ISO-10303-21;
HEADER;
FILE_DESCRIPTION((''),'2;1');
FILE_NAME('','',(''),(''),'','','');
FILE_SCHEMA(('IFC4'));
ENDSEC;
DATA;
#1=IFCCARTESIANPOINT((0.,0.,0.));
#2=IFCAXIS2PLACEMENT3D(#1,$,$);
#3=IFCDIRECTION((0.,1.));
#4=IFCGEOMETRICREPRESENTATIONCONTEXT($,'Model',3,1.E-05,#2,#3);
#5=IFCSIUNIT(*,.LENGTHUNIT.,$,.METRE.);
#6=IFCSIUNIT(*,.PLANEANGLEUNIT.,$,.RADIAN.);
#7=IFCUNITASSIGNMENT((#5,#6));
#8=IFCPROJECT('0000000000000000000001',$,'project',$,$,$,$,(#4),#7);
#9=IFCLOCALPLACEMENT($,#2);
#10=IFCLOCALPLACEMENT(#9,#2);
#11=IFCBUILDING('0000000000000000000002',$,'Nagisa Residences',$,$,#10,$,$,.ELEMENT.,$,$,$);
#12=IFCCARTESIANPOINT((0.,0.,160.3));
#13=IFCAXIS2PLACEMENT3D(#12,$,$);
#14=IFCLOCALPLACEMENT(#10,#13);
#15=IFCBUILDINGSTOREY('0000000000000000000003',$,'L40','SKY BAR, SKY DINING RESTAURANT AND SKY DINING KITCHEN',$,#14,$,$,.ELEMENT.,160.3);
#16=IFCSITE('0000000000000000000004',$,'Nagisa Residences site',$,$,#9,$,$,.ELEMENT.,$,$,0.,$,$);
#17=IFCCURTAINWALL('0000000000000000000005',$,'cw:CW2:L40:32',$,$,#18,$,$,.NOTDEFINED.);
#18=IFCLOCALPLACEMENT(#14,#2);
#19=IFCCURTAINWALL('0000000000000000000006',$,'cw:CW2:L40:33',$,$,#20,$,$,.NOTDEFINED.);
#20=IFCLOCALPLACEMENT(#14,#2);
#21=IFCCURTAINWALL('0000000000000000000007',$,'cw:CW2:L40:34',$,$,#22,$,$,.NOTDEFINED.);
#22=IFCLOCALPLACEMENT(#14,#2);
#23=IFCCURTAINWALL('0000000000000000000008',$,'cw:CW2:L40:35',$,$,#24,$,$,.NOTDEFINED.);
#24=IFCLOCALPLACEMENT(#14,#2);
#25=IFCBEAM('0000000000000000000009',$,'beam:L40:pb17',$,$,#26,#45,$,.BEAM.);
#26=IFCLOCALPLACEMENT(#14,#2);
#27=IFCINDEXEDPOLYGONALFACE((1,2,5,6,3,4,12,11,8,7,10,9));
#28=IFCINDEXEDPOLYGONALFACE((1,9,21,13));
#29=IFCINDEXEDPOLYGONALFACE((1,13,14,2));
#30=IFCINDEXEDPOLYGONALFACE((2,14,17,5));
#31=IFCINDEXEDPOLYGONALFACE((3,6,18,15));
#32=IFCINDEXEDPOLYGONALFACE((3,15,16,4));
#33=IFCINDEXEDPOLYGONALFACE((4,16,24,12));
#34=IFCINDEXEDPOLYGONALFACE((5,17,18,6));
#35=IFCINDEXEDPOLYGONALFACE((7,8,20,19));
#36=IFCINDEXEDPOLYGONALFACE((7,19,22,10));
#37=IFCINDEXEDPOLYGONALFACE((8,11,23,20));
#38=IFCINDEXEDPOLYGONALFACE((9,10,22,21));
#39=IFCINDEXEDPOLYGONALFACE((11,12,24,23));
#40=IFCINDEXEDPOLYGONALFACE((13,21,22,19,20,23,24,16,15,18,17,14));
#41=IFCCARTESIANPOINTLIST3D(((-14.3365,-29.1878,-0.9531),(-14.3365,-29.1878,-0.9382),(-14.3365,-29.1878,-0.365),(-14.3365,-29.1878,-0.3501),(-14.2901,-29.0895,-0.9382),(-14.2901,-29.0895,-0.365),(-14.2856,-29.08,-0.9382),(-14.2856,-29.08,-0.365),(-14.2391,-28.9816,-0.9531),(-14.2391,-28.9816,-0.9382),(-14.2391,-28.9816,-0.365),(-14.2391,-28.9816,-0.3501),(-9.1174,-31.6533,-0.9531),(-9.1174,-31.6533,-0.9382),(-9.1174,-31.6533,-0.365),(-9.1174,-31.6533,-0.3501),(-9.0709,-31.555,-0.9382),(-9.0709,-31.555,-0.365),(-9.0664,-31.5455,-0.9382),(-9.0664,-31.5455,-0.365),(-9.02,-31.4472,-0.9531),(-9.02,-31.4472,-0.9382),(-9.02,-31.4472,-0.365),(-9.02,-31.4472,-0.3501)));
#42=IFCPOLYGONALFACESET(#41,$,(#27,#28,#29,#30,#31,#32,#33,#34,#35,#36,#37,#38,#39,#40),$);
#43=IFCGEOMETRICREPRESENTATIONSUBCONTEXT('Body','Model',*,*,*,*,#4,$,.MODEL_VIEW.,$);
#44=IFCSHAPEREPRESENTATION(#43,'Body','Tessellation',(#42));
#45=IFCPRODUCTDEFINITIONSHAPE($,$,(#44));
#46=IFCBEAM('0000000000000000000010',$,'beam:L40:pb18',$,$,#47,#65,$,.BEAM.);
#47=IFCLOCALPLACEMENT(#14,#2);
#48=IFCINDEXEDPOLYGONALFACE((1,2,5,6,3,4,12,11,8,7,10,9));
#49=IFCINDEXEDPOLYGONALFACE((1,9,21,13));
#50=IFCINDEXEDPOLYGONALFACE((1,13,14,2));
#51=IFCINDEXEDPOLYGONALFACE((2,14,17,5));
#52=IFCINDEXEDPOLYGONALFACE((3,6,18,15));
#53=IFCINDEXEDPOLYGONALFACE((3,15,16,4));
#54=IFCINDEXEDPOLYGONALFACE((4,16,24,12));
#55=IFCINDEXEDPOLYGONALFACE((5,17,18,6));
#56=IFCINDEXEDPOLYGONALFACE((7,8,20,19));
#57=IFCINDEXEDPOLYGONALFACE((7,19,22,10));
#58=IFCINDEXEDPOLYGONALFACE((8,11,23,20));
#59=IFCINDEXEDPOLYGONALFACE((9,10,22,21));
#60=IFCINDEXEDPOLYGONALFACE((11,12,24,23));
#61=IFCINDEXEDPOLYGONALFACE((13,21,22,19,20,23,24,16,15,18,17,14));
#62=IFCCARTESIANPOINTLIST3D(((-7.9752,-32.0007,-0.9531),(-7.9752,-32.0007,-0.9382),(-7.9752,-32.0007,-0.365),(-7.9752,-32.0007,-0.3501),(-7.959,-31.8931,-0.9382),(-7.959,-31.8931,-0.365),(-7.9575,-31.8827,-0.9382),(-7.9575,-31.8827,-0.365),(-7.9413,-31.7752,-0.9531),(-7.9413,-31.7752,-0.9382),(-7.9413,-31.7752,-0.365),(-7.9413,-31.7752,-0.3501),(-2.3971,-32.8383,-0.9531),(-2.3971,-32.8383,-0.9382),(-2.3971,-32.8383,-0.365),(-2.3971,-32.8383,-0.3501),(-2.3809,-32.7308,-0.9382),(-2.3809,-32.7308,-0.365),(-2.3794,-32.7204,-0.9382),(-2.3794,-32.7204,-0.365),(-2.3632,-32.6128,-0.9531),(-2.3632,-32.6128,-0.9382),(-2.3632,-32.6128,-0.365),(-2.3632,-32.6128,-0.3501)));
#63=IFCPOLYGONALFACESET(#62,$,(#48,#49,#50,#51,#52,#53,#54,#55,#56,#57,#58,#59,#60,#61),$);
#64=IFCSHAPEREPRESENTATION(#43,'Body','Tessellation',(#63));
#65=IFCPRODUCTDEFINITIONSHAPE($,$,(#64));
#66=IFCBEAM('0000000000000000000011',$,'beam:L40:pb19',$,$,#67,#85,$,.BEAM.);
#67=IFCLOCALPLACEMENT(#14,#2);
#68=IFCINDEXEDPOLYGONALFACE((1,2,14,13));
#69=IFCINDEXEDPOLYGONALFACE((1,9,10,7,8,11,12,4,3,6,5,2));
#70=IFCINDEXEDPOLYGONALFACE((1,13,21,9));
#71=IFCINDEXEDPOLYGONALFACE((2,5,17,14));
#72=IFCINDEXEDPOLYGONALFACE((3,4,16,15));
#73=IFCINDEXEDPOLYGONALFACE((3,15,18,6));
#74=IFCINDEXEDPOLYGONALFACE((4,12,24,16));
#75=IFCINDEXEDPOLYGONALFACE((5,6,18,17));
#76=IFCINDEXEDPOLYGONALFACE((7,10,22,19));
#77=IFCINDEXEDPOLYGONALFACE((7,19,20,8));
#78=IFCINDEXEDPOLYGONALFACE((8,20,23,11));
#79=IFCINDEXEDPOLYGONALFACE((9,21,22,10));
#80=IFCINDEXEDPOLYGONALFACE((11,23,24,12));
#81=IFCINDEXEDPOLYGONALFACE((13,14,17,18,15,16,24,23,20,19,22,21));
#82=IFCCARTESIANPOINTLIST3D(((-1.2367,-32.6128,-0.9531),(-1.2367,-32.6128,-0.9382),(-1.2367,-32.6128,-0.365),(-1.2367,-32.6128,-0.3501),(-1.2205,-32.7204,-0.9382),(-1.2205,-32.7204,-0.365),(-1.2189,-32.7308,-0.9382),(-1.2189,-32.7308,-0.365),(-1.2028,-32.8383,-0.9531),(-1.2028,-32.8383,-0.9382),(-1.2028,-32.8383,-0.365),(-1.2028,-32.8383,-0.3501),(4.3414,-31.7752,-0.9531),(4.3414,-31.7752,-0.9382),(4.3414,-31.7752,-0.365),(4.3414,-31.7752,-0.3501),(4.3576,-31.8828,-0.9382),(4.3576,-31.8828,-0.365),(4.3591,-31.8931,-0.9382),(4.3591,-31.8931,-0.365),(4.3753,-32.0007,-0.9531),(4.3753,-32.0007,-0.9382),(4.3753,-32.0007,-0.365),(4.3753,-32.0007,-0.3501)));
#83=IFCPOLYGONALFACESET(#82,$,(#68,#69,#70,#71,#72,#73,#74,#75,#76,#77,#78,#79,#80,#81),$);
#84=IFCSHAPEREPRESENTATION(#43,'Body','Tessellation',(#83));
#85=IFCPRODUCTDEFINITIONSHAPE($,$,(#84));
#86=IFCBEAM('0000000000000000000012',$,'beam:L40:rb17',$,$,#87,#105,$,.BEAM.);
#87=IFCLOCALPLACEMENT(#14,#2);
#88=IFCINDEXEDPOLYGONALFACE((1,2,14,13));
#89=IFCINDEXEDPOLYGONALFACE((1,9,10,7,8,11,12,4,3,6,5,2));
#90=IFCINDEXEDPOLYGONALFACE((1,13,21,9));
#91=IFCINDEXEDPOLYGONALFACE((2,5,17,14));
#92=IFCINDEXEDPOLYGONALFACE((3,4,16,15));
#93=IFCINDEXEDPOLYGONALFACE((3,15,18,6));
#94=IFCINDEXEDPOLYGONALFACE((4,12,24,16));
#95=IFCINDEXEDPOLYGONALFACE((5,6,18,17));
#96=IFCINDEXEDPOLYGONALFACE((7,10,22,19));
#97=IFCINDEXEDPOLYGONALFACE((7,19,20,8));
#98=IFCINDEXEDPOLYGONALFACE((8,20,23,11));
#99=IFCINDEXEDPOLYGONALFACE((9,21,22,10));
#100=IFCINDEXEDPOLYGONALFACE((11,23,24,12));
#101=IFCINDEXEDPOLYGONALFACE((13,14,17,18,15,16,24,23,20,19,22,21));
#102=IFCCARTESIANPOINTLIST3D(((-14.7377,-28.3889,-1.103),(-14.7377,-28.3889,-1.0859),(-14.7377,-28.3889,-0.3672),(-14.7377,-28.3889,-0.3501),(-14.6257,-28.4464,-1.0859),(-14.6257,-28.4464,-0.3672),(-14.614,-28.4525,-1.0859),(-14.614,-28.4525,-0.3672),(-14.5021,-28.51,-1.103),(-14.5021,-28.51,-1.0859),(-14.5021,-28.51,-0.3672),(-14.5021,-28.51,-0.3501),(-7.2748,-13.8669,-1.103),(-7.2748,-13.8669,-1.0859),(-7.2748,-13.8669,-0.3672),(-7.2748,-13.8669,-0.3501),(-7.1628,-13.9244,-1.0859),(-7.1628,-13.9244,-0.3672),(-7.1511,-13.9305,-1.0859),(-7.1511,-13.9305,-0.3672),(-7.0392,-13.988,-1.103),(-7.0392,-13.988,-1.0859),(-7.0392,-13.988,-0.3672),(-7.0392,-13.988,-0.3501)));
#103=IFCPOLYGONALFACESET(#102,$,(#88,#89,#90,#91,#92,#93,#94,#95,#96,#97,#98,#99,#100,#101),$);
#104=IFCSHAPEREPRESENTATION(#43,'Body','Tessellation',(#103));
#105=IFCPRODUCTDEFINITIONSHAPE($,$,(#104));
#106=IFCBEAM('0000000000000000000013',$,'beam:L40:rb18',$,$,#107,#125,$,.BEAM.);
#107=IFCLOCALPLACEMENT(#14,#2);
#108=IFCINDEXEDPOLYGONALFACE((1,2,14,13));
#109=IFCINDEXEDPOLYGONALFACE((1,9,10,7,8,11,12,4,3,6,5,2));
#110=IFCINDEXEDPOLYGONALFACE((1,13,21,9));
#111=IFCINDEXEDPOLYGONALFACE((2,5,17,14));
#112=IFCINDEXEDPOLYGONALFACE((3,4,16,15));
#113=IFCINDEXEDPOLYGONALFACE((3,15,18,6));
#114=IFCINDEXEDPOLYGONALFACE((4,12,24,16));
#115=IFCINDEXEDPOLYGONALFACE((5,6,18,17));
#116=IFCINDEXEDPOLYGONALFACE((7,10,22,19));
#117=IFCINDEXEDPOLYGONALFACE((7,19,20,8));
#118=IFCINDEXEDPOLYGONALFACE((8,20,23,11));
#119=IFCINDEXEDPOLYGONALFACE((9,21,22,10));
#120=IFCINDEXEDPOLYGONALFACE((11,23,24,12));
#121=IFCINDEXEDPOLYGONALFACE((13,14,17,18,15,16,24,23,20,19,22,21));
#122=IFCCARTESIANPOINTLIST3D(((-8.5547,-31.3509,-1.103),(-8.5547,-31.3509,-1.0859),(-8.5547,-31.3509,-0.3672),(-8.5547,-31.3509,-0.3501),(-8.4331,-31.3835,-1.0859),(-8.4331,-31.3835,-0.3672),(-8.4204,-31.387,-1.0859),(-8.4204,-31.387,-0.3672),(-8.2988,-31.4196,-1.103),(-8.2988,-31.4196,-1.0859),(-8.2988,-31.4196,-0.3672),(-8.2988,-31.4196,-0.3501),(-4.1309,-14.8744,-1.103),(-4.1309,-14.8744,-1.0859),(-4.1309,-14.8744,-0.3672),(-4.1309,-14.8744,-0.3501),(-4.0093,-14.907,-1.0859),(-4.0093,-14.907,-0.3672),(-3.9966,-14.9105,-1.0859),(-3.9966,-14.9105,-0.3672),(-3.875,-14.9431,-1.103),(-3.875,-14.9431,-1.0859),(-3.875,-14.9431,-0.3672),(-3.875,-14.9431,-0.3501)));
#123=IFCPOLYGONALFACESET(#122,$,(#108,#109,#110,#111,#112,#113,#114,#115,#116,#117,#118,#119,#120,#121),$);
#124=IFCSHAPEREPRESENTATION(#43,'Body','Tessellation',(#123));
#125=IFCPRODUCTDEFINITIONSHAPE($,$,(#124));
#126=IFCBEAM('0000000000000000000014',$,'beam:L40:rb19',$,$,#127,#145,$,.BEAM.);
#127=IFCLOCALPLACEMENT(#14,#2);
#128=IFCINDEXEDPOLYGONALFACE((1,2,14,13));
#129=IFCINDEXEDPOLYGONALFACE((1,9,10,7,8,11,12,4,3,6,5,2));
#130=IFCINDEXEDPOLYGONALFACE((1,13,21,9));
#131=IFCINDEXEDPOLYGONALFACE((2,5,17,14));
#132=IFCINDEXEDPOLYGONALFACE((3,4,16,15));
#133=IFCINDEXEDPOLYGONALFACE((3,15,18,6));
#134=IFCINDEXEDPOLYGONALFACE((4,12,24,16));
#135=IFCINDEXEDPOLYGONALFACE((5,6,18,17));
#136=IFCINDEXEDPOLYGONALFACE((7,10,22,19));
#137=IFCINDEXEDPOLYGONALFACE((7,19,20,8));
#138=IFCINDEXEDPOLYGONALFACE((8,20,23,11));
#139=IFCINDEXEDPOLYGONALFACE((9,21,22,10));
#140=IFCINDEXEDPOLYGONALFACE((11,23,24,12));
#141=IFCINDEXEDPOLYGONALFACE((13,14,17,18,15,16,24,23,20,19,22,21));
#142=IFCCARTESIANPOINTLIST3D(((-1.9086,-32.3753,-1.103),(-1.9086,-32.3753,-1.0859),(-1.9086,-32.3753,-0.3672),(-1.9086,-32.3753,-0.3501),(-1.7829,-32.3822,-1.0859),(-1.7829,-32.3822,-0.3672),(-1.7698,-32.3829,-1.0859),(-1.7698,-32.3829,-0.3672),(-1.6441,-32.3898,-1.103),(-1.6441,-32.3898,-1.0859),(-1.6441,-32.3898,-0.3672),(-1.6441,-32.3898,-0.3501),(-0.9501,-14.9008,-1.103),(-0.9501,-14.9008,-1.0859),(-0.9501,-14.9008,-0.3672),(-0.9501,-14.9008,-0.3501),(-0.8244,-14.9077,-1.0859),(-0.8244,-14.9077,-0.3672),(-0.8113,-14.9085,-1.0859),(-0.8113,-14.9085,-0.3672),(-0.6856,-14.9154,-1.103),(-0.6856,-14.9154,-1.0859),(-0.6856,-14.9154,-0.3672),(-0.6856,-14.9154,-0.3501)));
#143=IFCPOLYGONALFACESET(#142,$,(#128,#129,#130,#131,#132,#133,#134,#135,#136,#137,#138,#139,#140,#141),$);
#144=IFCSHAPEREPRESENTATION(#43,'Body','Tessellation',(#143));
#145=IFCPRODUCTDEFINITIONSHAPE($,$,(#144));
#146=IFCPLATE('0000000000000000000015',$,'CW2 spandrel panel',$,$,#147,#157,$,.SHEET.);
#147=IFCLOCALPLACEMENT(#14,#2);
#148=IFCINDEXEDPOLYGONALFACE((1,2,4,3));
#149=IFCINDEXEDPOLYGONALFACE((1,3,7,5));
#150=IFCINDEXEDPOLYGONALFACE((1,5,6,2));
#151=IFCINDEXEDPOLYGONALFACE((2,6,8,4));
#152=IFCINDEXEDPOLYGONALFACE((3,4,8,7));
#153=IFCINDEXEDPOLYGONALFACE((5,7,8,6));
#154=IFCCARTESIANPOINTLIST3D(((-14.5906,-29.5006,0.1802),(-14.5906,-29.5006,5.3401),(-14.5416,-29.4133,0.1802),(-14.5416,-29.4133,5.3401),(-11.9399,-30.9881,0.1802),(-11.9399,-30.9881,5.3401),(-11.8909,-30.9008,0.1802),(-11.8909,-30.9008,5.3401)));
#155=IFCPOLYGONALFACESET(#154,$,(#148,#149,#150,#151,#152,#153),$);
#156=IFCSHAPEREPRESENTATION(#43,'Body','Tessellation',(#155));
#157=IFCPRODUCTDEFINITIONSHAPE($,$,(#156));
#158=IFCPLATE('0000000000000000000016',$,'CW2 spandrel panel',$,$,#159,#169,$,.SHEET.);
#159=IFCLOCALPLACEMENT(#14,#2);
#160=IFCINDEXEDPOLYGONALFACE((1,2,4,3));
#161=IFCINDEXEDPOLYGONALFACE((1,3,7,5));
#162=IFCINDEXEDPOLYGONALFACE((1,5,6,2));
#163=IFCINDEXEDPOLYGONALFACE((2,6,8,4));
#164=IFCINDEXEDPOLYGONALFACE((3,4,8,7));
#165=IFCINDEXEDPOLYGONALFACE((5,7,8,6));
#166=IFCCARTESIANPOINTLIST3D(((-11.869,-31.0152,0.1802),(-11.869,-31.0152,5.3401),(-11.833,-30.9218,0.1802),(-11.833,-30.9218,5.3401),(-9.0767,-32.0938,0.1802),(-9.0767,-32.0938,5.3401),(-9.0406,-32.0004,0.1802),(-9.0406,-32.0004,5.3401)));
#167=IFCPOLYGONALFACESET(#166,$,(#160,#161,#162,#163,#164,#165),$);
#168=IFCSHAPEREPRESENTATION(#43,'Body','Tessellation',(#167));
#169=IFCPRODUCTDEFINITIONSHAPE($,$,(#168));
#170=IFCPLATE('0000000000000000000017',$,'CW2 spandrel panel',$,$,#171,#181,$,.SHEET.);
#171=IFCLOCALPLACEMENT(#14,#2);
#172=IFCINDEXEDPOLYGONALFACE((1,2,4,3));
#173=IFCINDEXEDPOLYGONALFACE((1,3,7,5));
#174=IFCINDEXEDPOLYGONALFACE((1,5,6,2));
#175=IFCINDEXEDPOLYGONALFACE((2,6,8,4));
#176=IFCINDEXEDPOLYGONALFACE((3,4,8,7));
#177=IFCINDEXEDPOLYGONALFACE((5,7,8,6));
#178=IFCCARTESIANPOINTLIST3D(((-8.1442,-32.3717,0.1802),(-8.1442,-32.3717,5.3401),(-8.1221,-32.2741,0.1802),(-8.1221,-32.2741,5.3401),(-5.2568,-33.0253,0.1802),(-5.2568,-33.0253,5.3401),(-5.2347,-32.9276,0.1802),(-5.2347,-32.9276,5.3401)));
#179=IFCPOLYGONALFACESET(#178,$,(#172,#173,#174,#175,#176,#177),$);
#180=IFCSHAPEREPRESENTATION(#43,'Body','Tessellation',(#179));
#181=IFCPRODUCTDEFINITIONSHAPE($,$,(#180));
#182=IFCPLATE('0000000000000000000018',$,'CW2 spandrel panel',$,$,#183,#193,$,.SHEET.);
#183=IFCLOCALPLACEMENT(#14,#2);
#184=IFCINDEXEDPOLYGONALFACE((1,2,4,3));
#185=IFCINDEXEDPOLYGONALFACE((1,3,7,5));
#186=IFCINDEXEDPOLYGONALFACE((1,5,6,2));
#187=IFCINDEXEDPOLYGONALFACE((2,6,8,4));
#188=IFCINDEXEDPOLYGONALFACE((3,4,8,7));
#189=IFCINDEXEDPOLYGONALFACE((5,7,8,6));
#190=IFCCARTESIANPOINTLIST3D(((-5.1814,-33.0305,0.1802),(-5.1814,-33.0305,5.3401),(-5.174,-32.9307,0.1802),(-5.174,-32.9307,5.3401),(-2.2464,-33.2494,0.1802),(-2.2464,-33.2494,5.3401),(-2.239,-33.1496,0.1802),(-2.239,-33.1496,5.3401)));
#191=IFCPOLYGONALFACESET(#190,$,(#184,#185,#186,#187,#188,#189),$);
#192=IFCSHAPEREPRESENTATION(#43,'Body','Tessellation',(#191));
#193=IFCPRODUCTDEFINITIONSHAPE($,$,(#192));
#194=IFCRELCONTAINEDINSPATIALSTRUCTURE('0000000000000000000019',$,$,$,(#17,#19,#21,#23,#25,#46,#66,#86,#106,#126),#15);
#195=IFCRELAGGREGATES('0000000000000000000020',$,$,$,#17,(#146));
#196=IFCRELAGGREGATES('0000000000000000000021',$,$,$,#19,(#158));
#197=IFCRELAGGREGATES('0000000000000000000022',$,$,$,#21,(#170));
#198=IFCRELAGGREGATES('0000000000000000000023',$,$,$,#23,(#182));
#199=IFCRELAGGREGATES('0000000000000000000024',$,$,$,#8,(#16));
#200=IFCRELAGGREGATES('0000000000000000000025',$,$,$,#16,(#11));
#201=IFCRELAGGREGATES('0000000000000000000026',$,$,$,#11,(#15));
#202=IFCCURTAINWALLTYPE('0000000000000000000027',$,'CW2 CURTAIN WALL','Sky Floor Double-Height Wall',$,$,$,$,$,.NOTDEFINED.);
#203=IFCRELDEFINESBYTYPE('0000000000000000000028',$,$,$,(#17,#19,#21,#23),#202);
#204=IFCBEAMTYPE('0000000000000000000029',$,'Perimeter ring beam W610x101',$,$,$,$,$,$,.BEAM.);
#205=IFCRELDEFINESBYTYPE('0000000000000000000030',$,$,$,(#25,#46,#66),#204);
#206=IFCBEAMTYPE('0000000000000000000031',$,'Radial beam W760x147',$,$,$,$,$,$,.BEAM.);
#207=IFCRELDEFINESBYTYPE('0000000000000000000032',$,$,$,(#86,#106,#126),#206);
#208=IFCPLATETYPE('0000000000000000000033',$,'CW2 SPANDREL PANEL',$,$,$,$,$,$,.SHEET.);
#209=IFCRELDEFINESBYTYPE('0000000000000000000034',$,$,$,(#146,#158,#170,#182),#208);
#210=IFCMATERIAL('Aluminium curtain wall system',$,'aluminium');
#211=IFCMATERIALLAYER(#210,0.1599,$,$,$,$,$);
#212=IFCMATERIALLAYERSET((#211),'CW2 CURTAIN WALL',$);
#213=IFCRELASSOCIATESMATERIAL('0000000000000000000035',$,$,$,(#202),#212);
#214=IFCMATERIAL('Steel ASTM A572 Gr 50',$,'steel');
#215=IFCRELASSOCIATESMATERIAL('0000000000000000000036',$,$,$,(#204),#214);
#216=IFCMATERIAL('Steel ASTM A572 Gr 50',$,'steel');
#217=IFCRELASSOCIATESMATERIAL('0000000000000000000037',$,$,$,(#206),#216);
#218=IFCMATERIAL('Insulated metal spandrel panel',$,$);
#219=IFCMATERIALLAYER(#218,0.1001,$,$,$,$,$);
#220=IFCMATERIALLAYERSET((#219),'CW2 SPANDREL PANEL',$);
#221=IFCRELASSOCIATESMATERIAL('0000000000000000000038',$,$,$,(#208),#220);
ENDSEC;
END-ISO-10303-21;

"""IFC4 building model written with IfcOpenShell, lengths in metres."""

from ifc_helpers import new_model, si_unit, direction, frame, origin, origin_2d, place, context, subcontext, project, spatial, rectangle, i_section, extrude, material, layer, layer_set, material_profile, profile_set, type_object, element, aggregate, save


model = new_model("IFC4")

# Units and contexts
model_context = context("Model", 3, precision=1e-05, world=origin(), true_north=direction((0.0, 1.0)))
body_context = subcontext(model_context, "Body", "Model", "MODEL_VIEW")
ifc_project = project(units=[si_unit("LENGTHUNIT", "METRE"), si_unit("PLANEANGLEUNIT", "RADIAN")], contexts=[model_context])

# Site, building, storey
site_placement = place(None, origin())
site = spatial("IfcSite", under=ifc_project, at=site_placement, Name="Nagisa Residences site", CompositionType="ELEMENT", RefElevation=0.0)
building_placement = place(site_placement, origin())
building = spatial("IfcBuilding", under=site, at=building_placement, Name="Nagisa Residences", CompositionType="ELEMENT")
storey_placement = place(building_placement, frame((0.0, 0.0, 160.3)))
storey = spatial("IfcBuildingStorey", under=building, at=storey_placement, Name="L40", Description="SKY BAR, SKY DINING RESTAURANT AND SKY DINING KITCHEN", CompositionType="ELEMENT", Elevation=160.3)

# Curtain walls
ifc_material_1 = material(Name="Aluminium curtain wall system", Category="aluminium")
ifc_layer_1 = layer(ifc_material_1, 0.1599)
ifc_layer_set_1 = layer_set([ifc_layer_1], Name="CW2 CURTAIN WALL")
curtain_wall_type = type_object("IfcCurtainWallType", Name="CW2 CURTAIN WALL", Description="Sky Floor Double-Height Wall", PredefinedType="NOTDEFINED", material=ifc_layer_set_1)
curtain_wall_1_placement = place(storey_placement, origin())
curtain_wall_1 = element("IfcCurtainWall", 1, at=curtain_wall_1_placement, inside=storey, type_object=curtain_wall_type, Name="cw:CW2:L40:32", PredefinedType="NOTDEFINED")
curtain_wall_2_placement = place(storey_placement, origin())
curtain_wall_2 = element("IfcCurtainWall", 2, at=curtain_wall_2_placement, inside=storey, type_object=curtain_wall_type, Name="cw:CW2:L40:33", PredefinedType="NOTDEFINED")
curtain_wall_3_placement = place(storey_placement, origin())
curtain_wall_3 = element("IfcCurtainWall", 3, at=curtain_wall_3_placement, inside=storey, type_object=curtain_wall_type, Name="cw:CW2:L40:34", PredefinedType="NOTDEFINED")
curtain_wall_4_placement = place(storey_placement, origin())
curtain_wall_4 = element("IfcCurtainWall", 4, at=curtain_wall_4_placement, inside=storey, type_object=curtain_wall_type, Name="cw:CW2:L40:35", PredefinedType="NOTDEFINED")

# Beams
ifc_material_2 = material(Name="Steel ASTM A572 Gr 50", Category="steel")
ifc_material_profile_1 = material_profile(ifc_material_2, i_section(OverallWidth=0.228, OverallDepth=0.603, WebThickness=0.0105, FlangeThickness=0.0149, at=origin_2d()), Name="W610x101")
ifc_profile_set_1 = profile_set([ifc_material_profile_1], Name="Steel ASTM A572 Gr 50")
beam_type_1 = type_object("IfcBeamType", Name="Perimeter ring beam W610x101", PredefinedType="BEAM", material=ifc_profile_set_1)
beam_1_placement = place(storey_placement, frame((-14.2878, -29.0847, -0.6516), z_axis=(0.904186, -0.427139, 0.0), x_axis=(0.427139, 0.904186, 0.0)))
element("IfcBeam", 5, at=beam_1_placement, inside=storey, type_object=beam_type_1, Name="beam:L40:pb17", PredefinedType="BEAM", context=body_context, shape_type="SweptSolid", body=[
    extrude(i_section(OverallWidth=0.228, OverallDepth=0.603, WebThickness=0.0105, FlangeThickness=0.0149, at=origin_2d()), origin(), (0.0, 0.0, 1.0), 5.7722),
])
for number, where, z_axis, x_axis, name in (
    (6, (-7.9583, -31.8879, -0.6516), (0.988912, -0.148501, 0.0), (0.148501, 0.988912, 0.0), "beam:L40:pb18"),
    (7, (-1.2197, -32.7256, -0.6516), (0.988912, 0.148501, 0.0), (-0.148501, 0.988912, 0.0), "beam:L40:pb19"),
):
    element("IfcBeam", number, at=place(storey_placement, frame(where, z_axis=z_axis, x_axis=x_axis)), inside=storey, type_object=beam_type_1, Name=name, PredefinedType="BEAM", context=body_context, shape_type="SweptSolid", body=[
        extrude(i_section(OverallWidth=0.228, OverallDepth=0.603, WebThickness=0.0105, FlangeThickness=0.0149, at=origin_2d()), origin(), (0.0, 0.0, 1.0), 5.6406),
    ])
ifc_material_3 = material(Name="Steel ASTM A572 Gr 50", Category="steel")
ifc_material_profile_2 = material_profile(ifc_material_3, i_section(OverallWidth=0.2649, OverallDepth=0.7529, WebThickness=0.0132, FlangeThickness=0.0171, at=origin_2d()), Name="W760x147")
ifc_profile_set_2 = profile_set([ifc_material_profile_2], Name="Steel ASTM A572 Gr 50")
beam_type_2 = type_object("IfcBeamType", Name="Radial beam W760x147", PredefinedType="BEAM", material=ifc_profile_set_2)
beam_2_placement = place(storey_placement, frame((-14.6199, -28.4495, -0.7266), z_axis=(0.457079, 0.889426, 0.0), x_axis=(-0.889426, 0.457079, 0.0)))
element("IfcBeam", 8, at=beam_2_placement, inside=storey, type_object=beam_type_2, Name="beam:L40:rb17", PredefinedType="BEAM", context=body_context, shape_type="SweptSolid", body=[
    extrude(i_section(OverallWidth=0.2649, OverallDepth=0.7529, WebThickness=0.0132, FlangeThickness=0.0171, at=origin_2d()), origin(), (0.0, 0.0, 1.0), 16.3274),
])
beam_3_placement = place(storey_placement, frame((-8.4268, -31.3853, -0.7266), z_axis=(0.259308, 0.965795, 0.0), x_axis=(-0.965795, 0.259308, 0.0)))
element("IfcBeam", 9, at=beam_3_placement, inside=storey, type_object=beam_type_2, Name="beam:L40:rb18", PredefinedType="BEAM", context=body_context, shape_type="SweptSolid", body=[
    extrude(i_section(OverallWidth=0.2649, OverallDepth=0.7529, WebThickness=0.0132, FlangeThickness=0.0171, at=origin_2d()), origin(), (0.0, 0.0, 1.0), 17.0601),
])
beam_4_placement = place(storey_placement, frame((-1.7764, -32.3826, -0.7266), z_axis=(0.054769, 0.998499, 0.0), x_axis=(-0.998499, 0.054769, 0.0)))
element("IfcBeam", 10, at=beam_4_placement, inside=storey, type_object=beam_type_2, Name="beam:L40:rb19", PredefinedType="BEAM", context=body_context, shape_type="SweptSolid", body=[
    extrude(i_section(OverallWidth=0.2649, OverallDepth=0.7529, WebThickness=0.0132, FlangeThickness=0.0171, at=origin_2d()), origin(), (0.0, 0.0, 1.0), 17.5007),
])

# Plates
ifc_material_4 = material(Name="Insulated metal spandrel panel")
ifc_layer_2 = layer(ifc_material_4, 0.1001)
ifc_layer_set_2 = layer_set([ifc_layer_2], Name="CW2 SPANDREL PANEL")
plate_type = type_object("IfcPlateType", Name="CW2 SPANDREL PANEL", PredefinedType="SHEET", material=ifc_layer_set_2)
plate_1_placement = place(storey_placement, frame((-13.2407, -30.2007, 0.1802), z_axis=(0.0, 0.0, 1.0), x_axis=(0.872072, -0.489377, 0.0)))
plate_1 = element("IfcPlate", 11, at=plate_1_placement, type_object=plate_type, Name="CW2 spandrel panel", PredefinedType="SHEET", context=body_context, shape_type="SweptSolid", body=[
    extrude(rectangle(XDim=3.0396, YDim=0.1001, at=origin_2d()), origin(), (0.0, 0.0, 1.0), 5.1599),
])
aggregate(curtain_wall_1, [plate_1])
plate_2_placement = place(storey_placement, frame((-10.4548, -31.5078, 0.1802), z_axis=(0.0, 0.0, 1.0), x_axis=(0.932826, -0.360328, 0.0)))
plate_2 = element("IfcPlate", 12, at=plate_2_placement, type_object=plate_type, Name="CW2 spandrel panel", PredefinedType="SHEET", context=body_context, shape_type="SweptSolid", body=[
    extrude(rectangle(XDim=2.9934, YDim=0.1001, at=origin_2d()), origin(), (0.0, 0.0, 1.0), 5.1599),
])
aggregate(curtain_wall_2, [plate_2])
plate_3_placement = place(storey_placement, frame((-6.6895, -32.6497, 0.1802), z_axis=(0.0, 0.0, 1.0), x_axis=(0.975327, -0.220764, 0.0)))
plate_3 = element("IfcPlate", 13, at=plate_3_placement, type_object=plate_type, Name="CW2 spandrel panel", PredefinedType="SHEET", context=body_context, shape_type="SweptSolid", body=[
    extrude(rectangle(XDim=2.9604, YDim=0.1001, at=origin_2d()), origin(), (0.0, 0.0, 1.0), 5.1599),
])
aggregate(curtain_wall_3, [plate_3])
plate_4_placement = place(storey_placement, frame((-3.7102, -33.0901, 0.1802), z_axis=(0.0, 0.0, 1.0), x_axis=(0.99723, -0.074377, 0.0)))
plate_4 = element("IfcPlate", 14, at=plate_4_placement, type_object=plate_type, Name="CW2 spandrel panel", PredefinedType="SHEET", context=body_context, shape_type="SweptSolid", body=[
    extrude(rectangle(XDim=2.9431, YDim=0.1001, at=origin_2d()), origin(), (0.0, 0.0, 1.0), 5.1599),
])
aggregate(curtain_wall_4, [plate_4])

save(model, "model.ifc")
